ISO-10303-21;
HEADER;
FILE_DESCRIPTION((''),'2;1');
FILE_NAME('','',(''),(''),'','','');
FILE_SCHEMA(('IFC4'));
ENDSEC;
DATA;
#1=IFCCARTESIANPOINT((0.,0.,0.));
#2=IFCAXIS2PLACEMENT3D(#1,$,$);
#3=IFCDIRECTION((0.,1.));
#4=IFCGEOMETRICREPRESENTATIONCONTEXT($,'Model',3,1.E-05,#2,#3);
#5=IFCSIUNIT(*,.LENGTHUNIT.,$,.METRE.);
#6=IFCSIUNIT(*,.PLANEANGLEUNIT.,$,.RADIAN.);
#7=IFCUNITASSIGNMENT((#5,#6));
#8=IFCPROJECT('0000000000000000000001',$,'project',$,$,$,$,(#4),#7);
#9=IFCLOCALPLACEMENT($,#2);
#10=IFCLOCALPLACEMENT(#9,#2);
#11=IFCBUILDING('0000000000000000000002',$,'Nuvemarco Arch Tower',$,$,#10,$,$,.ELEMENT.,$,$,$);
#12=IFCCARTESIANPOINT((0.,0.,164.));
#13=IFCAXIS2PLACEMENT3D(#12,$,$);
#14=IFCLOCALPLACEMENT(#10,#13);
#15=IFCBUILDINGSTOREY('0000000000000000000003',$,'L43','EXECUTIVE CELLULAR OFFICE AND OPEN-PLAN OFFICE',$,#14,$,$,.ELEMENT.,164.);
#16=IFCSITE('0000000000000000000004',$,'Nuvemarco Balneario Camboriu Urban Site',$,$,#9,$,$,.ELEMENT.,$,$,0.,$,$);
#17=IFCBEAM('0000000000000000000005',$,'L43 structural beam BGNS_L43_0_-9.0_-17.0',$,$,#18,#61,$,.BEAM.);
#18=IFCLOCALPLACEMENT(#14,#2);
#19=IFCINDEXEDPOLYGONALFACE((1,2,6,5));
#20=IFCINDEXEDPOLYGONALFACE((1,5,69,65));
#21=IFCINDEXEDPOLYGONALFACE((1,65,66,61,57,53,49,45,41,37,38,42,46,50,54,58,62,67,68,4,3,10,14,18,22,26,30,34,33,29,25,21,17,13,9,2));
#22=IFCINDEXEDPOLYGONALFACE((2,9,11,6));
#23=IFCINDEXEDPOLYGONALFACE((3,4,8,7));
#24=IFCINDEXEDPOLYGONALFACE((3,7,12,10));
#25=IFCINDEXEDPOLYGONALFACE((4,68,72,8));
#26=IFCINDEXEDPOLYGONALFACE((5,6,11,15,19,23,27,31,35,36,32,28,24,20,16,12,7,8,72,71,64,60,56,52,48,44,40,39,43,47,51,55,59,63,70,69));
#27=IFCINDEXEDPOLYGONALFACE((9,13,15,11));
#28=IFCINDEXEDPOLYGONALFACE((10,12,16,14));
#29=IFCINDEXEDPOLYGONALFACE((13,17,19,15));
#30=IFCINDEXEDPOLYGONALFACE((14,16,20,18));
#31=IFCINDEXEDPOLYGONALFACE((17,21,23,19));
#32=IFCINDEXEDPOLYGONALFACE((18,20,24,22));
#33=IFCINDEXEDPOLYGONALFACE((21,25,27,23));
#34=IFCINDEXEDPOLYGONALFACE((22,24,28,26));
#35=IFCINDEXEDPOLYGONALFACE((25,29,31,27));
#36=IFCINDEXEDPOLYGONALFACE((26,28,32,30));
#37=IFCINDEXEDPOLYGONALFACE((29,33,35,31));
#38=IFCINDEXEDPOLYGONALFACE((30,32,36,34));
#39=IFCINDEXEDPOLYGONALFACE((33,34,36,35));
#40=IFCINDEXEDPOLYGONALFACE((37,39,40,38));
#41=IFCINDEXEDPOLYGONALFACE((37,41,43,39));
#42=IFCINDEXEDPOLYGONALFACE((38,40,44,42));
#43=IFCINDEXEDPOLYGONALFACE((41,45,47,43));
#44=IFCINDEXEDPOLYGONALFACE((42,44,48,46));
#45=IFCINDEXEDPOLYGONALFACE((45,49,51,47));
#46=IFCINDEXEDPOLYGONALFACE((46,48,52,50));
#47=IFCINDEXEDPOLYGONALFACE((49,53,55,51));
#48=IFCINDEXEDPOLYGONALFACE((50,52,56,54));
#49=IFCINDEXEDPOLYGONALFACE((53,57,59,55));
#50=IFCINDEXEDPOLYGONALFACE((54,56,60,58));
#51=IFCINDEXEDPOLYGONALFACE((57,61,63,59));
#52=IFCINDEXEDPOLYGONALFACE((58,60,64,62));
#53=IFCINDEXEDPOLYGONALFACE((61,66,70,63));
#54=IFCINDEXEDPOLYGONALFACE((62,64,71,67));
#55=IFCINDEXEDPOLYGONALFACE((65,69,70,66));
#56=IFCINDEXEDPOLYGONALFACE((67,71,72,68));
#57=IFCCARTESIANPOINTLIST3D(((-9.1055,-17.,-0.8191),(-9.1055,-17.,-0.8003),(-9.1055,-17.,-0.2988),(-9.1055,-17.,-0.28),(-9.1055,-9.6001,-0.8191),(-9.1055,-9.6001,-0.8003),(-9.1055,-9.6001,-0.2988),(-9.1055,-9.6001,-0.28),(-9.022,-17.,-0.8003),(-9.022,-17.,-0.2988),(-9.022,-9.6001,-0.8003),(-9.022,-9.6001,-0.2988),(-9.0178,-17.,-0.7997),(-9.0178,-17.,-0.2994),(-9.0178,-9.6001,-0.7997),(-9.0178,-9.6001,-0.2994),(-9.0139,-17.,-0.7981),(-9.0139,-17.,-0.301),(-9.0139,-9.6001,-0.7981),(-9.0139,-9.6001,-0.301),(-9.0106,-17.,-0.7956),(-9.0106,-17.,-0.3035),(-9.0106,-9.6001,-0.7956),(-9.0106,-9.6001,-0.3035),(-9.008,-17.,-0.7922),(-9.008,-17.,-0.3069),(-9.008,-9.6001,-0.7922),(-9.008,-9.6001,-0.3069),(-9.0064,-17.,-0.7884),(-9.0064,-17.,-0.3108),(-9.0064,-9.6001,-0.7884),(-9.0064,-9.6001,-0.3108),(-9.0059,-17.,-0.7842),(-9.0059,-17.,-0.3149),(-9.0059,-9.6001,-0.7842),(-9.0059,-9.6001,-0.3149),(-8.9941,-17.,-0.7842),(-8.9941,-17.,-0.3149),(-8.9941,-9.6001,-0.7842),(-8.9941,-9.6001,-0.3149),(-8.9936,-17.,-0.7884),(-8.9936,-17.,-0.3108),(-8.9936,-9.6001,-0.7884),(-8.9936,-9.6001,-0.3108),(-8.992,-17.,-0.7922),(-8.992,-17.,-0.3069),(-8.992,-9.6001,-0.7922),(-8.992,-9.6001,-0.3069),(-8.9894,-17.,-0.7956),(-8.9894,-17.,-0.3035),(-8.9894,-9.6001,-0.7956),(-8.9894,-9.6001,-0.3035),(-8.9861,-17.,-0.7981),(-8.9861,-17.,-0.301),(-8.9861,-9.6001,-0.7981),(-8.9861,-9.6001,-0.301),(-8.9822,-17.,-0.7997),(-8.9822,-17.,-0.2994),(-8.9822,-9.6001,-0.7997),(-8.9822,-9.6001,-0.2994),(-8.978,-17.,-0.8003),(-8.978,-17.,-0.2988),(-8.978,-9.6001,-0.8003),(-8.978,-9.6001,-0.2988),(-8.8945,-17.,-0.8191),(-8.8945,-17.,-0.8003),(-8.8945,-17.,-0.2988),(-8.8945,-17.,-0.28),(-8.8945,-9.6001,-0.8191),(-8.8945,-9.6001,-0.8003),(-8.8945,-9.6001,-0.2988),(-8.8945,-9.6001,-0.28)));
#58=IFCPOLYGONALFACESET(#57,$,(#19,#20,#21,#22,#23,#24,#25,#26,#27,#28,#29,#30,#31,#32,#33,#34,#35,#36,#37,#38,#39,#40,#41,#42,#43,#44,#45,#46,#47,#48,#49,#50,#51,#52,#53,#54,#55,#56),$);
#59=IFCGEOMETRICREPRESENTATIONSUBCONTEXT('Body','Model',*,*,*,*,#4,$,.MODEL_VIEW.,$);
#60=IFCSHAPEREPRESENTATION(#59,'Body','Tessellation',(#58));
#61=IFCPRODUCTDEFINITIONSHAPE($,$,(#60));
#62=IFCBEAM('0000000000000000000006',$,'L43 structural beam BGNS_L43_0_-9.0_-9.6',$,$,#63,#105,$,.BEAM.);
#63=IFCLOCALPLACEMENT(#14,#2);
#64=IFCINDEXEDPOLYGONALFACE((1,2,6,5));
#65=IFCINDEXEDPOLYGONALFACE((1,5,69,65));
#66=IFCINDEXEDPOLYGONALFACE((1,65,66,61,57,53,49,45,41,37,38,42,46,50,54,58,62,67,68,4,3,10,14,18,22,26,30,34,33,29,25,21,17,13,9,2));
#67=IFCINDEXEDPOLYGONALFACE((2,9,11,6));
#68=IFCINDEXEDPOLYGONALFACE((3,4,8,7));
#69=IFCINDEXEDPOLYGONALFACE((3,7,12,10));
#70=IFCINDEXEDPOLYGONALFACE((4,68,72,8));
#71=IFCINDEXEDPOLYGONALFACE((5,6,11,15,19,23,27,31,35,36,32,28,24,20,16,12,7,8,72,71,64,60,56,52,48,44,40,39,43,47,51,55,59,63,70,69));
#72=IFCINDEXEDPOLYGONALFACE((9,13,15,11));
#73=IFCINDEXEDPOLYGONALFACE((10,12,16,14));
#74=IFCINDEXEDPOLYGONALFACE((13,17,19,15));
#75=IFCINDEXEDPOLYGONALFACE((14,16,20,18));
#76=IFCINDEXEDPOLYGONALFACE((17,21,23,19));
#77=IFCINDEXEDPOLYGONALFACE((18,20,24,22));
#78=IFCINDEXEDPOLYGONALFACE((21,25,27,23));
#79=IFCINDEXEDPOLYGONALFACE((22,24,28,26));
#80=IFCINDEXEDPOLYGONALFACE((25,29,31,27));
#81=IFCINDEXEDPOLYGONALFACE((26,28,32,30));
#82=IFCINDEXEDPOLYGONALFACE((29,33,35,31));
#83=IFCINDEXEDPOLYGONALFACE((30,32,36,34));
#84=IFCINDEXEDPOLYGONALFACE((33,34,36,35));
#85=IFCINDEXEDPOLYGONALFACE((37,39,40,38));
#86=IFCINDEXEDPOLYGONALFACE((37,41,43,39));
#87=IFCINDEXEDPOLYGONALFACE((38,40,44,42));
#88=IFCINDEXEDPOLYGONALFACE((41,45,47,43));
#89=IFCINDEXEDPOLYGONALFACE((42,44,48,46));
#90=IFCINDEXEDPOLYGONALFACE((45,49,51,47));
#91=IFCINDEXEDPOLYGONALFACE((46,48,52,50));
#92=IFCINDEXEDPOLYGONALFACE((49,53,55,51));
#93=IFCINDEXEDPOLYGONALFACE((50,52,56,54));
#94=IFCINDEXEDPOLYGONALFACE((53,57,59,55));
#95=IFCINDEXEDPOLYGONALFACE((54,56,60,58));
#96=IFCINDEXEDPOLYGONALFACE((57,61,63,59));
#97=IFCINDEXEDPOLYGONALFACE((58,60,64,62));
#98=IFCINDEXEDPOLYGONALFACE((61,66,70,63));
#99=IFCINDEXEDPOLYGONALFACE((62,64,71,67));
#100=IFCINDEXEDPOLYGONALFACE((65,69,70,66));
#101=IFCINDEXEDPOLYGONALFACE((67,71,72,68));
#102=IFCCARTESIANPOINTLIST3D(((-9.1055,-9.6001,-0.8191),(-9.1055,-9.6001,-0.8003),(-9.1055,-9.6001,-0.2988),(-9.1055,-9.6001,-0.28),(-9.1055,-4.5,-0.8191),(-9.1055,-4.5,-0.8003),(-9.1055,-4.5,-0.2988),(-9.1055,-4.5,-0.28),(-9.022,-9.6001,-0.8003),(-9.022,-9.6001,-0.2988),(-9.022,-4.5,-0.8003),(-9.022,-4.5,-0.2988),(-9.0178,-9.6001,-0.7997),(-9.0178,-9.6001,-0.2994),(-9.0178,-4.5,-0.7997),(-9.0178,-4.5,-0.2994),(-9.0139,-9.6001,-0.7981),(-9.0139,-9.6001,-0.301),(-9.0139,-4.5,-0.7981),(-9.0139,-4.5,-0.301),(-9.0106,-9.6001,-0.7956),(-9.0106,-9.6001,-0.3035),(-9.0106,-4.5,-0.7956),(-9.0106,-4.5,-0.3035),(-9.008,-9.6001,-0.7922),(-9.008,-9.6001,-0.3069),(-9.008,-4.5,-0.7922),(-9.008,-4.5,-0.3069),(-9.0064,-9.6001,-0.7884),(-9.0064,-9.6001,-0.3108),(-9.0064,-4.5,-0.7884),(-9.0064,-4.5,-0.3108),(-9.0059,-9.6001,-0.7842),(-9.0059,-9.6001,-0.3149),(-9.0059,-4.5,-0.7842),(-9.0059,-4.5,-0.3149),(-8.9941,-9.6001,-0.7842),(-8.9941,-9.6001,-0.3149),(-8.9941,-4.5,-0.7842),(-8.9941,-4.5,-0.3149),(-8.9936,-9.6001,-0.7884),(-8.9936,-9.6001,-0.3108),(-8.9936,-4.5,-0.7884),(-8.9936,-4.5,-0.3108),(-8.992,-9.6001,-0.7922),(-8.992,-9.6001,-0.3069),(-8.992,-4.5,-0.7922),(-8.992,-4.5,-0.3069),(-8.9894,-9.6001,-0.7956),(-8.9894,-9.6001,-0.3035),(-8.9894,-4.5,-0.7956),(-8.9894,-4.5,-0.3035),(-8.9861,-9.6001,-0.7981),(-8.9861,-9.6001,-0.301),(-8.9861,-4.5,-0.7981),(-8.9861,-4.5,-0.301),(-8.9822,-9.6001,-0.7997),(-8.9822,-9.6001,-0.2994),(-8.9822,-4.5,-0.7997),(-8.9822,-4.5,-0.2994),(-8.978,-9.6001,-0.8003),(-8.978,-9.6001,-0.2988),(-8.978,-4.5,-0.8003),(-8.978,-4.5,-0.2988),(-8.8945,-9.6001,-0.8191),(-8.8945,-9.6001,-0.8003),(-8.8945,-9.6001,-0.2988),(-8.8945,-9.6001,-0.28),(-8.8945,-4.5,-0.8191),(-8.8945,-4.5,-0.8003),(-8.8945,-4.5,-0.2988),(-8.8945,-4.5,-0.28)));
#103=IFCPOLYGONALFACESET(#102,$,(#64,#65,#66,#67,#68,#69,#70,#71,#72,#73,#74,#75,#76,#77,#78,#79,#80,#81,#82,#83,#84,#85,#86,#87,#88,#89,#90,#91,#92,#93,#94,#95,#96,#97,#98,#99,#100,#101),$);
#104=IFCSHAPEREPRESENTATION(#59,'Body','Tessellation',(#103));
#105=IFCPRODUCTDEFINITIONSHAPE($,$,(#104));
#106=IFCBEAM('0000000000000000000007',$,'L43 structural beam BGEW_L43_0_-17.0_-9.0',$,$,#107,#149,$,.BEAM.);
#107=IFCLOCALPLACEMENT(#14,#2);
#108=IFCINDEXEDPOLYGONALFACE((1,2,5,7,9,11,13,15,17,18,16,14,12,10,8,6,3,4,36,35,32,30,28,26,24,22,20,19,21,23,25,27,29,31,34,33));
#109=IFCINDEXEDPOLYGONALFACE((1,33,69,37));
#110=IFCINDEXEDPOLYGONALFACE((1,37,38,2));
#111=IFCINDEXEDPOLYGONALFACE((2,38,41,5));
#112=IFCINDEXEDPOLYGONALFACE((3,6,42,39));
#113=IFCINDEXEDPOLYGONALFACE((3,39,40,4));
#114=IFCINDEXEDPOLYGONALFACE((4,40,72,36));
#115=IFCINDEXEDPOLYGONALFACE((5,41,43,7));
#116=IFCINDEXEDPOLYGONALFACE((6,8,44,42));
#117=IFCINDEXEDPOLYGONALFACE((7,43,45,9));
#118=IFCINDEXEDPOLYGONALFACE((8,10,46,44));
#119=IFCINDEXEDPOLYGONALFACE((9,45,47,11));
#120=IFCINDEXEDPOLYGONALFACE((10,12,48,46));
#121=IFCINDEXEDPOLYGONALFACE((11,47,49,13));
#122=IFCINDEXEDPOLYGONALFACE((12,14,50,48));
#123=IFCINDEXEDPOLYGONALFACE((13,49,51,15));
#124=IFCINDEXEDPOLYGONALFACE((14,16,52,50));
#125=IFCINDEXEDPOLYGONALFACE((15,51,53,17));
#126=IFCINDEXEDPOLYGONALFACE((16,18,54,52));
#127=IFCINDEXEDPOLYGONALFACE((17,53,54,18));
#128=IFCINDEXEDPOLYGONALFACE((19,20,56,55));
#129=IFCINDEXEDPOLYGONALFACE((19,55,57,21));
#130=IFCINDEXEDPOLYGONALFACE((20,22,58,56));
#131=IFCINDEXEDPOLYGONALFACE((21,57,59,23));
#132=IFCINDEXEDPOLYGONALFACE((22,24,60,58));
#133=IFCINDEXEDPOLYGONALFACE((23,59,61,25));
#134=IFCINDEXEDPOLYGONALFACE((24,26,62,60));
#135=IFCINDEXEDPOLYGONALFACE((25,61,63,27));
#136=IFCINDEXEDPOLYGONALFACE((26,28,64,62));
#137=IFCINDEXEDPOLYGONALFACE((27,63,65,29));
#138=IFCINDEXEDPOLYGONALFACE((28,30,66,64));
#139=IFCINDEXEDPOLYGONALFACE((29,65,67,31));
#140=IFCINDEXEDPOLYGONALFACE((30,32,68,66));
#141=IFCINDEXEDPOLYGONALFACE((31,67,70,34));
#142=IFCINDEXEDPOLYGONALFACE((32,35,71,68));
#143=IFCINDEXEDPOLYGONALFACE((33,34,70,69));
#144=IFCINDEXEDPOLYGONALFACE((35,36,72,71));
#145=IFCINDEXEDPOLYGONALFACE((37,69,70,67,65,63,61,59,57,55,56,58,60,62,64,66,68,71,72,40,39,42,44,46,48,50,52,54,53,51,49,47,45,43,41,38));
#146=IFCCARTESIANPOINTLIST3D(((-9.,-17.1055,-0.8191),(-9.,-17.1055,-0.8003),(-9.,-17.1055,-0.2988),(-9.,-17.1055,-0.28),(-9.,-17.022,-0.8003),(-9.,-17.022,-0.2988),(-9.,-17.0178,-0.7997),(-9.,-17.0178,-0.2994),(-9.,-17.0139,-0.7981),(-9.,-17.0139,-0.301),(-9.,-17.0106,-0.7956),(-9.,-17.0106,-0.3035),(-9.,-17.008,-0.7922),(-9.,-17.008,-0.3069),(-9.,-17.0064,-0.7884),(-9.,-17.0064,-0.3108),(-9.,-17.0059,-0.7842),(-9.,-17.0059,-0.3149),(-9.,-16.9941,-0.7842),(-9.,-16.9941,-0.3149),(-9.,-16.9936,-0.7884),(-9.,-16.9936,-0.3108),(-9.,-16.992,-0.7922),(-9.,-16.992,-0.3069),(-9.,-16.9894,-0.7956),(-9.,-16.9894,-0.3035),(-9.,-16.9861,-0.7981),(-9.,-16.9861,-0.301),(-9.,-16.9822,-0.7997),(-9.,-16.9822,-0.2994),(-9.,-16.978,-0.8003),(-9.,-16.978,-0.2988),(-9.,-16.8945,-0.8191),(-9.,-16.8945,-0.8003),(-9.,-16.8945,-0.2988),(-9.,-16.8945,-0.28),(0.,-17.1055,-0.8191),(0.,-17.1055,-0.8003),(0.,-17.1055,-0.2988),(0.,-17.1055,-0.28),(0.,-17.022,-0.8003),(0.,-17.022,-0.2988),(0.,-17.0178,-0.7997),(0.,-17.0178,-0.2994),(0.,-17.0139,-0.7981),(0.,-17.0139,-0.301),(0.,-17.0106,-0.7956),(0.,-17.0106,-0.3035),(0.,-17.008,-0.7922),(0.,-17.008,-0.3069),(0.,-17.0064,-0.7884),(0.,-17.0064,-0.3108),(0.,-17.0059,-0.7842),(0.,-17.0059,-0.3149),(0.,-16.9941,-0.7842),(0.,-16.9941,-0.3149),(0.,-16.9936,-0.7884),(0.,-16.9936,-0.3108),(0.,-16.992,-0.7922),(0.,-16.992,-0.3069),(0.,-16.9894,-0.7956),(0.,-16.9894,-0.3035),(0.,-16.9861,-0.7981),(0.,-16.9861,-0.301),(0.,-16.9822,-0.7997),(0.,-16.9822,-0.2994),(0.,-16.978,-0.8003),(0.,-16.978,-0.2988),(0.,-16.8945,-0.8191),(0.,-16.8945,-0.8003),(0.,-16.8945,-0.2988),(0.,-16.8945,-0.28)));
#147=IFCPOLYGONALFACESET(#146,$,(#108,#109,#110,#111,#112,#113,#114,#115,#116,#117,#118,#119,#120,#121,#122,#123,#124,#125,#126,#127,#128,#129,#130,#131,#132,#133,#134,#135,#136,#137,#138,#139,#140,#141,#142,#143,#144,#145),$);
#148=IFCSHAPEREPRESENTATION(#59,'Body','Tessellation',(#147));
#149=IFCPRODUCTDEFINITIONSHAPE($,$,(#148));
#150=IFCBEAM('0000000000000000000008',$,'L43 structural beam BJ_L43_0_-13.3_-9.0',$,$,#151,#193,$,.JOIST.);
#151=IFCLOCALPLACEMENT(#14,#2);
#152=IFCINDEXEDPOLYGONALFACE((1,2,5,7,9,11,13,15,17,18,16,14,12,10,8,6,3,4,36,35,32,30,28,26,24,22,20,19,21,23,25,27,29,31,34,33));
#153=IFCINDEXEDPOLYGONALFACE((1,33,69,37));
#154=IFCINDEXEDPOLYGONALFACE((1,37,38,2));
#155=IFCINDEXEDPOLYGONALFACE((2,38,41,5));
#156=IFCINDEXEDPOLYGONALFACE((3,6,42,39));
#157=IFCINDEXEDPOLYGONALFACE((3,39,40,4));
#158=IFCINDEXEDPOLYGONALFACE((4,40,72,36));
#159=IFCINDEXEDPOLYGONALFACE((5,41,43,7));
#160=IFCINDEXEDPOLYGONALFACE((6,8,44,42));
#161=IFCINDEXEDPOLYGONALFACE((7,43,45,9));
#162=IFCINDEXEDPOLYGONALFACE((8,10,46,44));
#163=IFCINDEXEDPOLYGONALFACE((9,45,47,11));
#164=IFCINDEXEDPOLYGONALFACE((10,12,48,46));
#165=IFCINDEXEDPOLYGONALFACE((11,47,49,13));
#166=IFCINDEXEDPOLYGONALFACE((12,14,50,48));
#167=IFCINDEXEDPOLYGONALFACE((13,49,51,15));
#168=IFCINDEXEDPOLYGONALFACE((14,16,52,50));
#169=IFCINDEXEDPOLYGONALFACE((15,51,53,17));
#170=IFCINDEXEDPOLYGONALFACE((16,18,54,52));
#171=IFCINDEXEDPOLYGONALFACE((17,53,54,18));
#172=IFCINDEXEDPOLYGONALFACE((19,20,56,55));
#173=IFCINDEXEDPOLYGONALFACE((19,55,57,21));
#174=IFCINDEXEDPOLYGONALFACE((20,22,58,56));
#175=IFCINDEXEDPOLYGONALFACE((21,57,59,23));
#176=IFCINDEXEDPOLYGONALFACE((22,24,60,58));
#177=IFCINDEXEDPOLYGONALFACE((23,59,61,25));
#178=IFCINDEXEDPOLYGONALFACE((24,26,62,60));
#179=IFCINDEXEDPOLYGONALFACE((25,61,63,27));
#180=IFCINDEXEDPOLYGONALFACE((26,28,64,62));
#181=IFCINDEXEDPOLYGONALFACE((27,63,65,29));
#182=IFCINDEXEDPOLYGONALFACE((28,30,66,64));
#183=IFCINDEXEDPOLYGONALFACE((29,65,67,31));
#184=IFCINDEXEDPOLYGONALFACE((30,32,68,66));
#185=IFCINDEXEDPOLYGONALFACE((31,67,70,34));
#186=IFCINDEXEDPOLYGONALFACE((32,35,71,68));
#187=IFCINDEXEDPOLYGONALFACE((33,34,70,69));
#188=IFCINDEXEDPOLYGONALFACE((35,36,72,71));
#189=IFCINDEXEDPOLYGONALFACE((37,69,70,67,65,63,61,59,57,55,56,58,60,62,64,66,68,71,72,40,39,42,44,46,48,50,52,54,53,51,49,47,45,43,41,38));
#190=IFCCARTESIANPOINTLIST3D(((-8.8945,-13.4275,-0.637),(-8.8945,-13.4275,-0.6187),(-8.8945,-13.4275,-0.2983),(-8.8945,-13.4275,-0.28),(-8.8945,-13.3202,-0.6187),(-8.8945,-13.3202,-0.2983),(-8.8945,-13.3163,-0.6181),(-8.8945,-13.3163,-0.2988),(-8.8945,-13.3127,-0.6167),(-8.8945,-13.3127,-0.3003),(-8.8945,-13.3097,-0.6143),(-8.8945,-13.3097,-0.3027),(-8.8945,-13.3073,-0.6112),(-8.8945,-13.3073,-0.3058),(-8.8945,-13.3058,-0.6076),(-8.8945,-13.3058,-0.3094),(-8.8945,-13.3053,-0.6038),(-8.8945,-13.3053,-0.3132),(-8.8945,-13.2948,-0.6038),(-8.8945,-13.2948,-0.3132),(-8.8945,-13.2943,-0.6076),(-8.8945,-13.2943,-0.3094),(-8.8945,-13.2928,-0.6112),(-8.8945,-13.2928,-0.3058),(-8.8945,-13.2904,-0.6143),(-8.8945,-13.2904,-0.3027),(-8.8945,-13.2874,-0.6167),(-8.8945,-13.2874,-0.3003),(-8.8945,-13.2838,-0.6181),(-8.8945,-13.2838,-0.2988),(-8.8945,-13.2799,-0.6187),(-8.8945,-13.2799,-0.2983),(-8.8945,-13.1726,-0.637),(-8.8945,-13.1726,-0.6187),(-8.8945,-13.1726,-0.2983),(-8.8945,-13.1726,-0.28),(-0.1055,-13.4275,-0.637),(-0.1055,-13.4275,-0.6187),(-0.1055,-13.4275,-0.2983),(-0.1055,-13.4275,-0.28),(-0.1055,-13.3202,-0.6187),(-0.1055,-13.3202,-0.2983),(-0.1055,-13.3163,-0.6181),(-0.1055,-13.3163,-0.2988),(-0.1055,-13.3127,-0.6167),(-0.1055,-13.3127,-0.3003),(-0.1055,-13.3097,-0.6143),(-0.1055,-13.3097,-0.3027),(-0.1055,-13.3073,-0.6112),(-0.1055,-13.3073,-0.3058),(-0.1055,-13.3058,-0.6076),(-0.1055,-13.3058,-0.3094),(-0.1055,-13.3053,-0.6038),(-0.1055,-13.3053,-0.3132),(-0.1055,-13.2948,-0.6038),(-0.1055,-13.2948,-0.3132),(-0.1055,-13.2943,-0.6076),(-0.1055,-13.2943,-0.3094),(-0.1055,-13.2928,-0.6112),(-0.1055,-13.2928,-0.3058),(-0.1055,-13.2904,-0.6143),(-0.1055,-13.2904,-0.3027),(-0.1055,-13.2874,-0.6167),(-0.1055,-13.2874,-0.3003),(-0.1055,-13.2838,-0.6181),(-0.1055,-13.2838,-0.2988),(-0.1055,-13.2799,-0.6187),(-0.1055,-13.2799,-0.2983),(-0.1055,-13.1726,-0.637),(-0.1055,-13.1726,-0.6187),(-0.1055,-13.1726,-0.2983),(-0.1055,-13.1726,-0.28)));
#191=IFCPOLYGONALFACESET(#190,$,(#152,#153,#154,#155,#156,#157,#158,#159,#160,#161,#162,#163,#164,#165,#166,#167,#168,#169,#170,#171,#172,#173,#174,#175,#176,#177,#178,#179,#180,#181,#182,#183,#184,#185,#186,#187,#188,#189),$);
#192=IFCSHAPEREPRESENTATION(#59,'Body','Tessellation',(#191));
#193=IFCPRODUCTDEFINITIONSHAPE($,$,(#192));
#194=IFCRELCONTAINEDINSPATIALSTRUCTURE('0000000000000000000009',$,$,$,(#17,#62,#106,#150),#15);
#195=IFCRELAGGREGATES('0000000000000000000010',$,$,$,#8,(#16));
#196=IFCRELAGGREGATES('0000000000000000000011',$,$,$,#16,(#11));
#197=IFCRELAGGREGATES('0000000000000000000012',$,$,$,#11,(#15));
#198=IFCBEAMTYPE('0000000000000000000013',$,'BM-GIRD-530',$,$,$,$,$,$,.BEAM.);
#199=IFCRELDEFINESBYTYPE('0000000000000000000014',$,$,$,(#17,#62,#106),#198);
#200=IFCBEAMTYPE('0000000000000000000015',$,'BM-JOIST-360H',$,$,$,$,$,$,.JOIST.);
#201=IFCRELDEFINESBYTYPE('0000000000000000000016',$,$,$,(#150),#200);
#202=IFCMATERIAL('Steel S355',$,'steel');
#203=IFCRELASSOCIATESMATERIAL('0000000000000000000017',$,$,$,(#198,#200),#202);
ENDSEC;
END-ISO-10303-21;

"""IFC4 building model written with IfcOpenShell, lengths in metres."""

from ifc_helpers import new_model, si_unit, direction, frame, origin, origin_2d, place, context, subcontext, project, spatial, i_section, extrude, material, material_profile, profile_set, type_object, element, save


model = new_model("IFC4")

# Units and contexts
model_context = context("Model", 3, precision=1e-05, world=origin(), true_north=direction((0.0, 1.0)))
body_context = subcontext(model_context, "Body", "Model", "MODEL_VIEW")
ifc_project = project(units=[si_unit("LENGTHUNIT", "METRE"), si_unit("PLANEANGLEUNIT", "RADIAN")], contexts=[model_context])

# Site, building, storey
site_placement = place(None, origin())
site = spatial("IfcSite", under=ifc_project, at=site_placement, Name="Nuvemarco Balneario Camboriu Urban Site", CompositionType="ELEMENT", RefElevation=0.0)
building_placement = place(site_placement, origin())
building = spatial("IfcBuilding", under=site, at=building_placement, Name="Nuvemarco Arch Tower", CompositionType="ELEMENT")
storey_placement = place(building_placement, frame((0.0, 0.0, 164.0)))
storey = spatial("IfcBuildingStorey", under=building, at=storey_placement, Name="L43", Description="EXECUTIVE CELLULAR OFFICE AND OPEN-PLAN OFFICE", CompositionType="ELEMENT", Elevation=164.0)

# Shared definitions
ifc_material_1 = material(Name="Steel S355", Category="steel")

# Beams
ifc_material_profile_1 = material_profile(ifc_material_1, i_section(OverallWidth=0.2109, OverallDepth=0.5391, WebThickness=0.0117, FlangeThickness=0.0188, FilletRadius=0.0161, at=origin_2d()), Name="W530x109")
ifc_profile_set_1 = profile_set([ifc_material_profile_1], Name="Steel S355")
beam_type_1 = type_object("IfcBeamType", Name="BM-GIRD-530", PredefinedType="BEAM", material=ifc_profile_set_1)
beam_1_placement = place(storey_placement, frame((-9.0, -17.0, -0.5496), z_axis=(0.0, 1.0, 0.0), x_axis=(-1.0, 0.0, 0.0)))
element("IfcBeam", 1, at=beam_1_placement, inside=storey, type_object=beam_type_1, Name="L43 structural beam BGNS_L43_0_-9.0_-17.0", PredefinedType="BEAM", context=body_context, shape_type="SweptSolid", body=[
    extrude(i_section(OverallWidth=0.2109, OverallDepth=0.5391, WebThickness=0.0117, FlangeThickness=0.0188, FilletRadius=0.0161, at=origin_2d()), origin(), (0.0, 0.0, 1.0), 7.3999),
])
beam_2_placement = place(storey_placement, frame((-9.0, -9.6001, -0.5496), z_axis=(0.0, 1.0, 0.0), x_axis=(-1.0, 0.0, 0.0)))
element("IfcBeam", 2, at=beam_2_placement, inside=storey, type_object=beam_type_1, Name="L43 structural beam BGNS_L43_0_-9.0_-9.6", PredefinedType="BEAM", context=body_context, shape_type="SweptSolid", body=[
    extrude(i_section(OverallWidth=0.2109, OverallDepth=0.5391, WebThickness=0.0117, FlangeThickness=0.0188, FilletRadius=0.0161, at=origin_2d()), origin(), (0.0, 0.0, 1.0), 5.1001),
])
beam_3_placement = place(storey_placement, frame((-9.0, -17.0, -0.5496), z_axis=(1.0, 0.0, 0.0), x_axis=(0.0, 1.0, 0.0)))
element("IfcBeam", 3, at=beam_3_placement, inside=storey, type_object=beam_type_1, Name="L43 structural beam BGEW_L43_0_-17.0_-9.0", PredefinedType="BEAM", context=body_context, shape_type="SweptSolid", body=[
    extrude(i_section(OverallWidth=0.2109, OverallDepth=0.5391, WebThickness=0.0117, FlangeThickness=0.0188, FilletRadius=0.0161, at=origin_2d()), origin(), (0.0, 0.0, 1.0), 9.0),
])
ifc_material_profile_2 = material_profile(ifc_material_1, i_section(OverallWidth=0.2549, OverallDepth=0.3569, WebThickness=0.0105, FlangeThickness=0.0183, FilletRadius=0.0149, at=origin_2d()), Name="W360x101")
ifc_profile_set_2 = profile_set([ifc_material_profile_2], Name="Steel S355")
beam_type_2 = type_object("IfcBeamType", Name="BM-JOIST-360H", PredefinedType="JOIST", material=ifc_profile_set_2)
beam_4_placement = place(storey_placement, frame((-8.8945, -13.3, -0.4585), z_axis=(1.0, 0.0, 0.0), x_axis=(0.0, 1.0, 0.0)))
element("IfcBeam", 4, at=beam_4_placement, inside=storey, type_object=beam_type_2, Name="L43 structural beam BJ_L43_0_-13.3_-9.0", PredefinedType="JOIST", context=body_context, shape_type="SweptSolid", body=[
    extrude(i_section(OverallWidth=0.2549, OverallDepth=0.3569, WebThickness=0.0105, FlangeThickness=0.0183, FilletRadius=0.0149, at=origin_2d()), origin(), (0.0, 0.0, 1.0), 8.7891),
])

save(model, "model.ifc")
